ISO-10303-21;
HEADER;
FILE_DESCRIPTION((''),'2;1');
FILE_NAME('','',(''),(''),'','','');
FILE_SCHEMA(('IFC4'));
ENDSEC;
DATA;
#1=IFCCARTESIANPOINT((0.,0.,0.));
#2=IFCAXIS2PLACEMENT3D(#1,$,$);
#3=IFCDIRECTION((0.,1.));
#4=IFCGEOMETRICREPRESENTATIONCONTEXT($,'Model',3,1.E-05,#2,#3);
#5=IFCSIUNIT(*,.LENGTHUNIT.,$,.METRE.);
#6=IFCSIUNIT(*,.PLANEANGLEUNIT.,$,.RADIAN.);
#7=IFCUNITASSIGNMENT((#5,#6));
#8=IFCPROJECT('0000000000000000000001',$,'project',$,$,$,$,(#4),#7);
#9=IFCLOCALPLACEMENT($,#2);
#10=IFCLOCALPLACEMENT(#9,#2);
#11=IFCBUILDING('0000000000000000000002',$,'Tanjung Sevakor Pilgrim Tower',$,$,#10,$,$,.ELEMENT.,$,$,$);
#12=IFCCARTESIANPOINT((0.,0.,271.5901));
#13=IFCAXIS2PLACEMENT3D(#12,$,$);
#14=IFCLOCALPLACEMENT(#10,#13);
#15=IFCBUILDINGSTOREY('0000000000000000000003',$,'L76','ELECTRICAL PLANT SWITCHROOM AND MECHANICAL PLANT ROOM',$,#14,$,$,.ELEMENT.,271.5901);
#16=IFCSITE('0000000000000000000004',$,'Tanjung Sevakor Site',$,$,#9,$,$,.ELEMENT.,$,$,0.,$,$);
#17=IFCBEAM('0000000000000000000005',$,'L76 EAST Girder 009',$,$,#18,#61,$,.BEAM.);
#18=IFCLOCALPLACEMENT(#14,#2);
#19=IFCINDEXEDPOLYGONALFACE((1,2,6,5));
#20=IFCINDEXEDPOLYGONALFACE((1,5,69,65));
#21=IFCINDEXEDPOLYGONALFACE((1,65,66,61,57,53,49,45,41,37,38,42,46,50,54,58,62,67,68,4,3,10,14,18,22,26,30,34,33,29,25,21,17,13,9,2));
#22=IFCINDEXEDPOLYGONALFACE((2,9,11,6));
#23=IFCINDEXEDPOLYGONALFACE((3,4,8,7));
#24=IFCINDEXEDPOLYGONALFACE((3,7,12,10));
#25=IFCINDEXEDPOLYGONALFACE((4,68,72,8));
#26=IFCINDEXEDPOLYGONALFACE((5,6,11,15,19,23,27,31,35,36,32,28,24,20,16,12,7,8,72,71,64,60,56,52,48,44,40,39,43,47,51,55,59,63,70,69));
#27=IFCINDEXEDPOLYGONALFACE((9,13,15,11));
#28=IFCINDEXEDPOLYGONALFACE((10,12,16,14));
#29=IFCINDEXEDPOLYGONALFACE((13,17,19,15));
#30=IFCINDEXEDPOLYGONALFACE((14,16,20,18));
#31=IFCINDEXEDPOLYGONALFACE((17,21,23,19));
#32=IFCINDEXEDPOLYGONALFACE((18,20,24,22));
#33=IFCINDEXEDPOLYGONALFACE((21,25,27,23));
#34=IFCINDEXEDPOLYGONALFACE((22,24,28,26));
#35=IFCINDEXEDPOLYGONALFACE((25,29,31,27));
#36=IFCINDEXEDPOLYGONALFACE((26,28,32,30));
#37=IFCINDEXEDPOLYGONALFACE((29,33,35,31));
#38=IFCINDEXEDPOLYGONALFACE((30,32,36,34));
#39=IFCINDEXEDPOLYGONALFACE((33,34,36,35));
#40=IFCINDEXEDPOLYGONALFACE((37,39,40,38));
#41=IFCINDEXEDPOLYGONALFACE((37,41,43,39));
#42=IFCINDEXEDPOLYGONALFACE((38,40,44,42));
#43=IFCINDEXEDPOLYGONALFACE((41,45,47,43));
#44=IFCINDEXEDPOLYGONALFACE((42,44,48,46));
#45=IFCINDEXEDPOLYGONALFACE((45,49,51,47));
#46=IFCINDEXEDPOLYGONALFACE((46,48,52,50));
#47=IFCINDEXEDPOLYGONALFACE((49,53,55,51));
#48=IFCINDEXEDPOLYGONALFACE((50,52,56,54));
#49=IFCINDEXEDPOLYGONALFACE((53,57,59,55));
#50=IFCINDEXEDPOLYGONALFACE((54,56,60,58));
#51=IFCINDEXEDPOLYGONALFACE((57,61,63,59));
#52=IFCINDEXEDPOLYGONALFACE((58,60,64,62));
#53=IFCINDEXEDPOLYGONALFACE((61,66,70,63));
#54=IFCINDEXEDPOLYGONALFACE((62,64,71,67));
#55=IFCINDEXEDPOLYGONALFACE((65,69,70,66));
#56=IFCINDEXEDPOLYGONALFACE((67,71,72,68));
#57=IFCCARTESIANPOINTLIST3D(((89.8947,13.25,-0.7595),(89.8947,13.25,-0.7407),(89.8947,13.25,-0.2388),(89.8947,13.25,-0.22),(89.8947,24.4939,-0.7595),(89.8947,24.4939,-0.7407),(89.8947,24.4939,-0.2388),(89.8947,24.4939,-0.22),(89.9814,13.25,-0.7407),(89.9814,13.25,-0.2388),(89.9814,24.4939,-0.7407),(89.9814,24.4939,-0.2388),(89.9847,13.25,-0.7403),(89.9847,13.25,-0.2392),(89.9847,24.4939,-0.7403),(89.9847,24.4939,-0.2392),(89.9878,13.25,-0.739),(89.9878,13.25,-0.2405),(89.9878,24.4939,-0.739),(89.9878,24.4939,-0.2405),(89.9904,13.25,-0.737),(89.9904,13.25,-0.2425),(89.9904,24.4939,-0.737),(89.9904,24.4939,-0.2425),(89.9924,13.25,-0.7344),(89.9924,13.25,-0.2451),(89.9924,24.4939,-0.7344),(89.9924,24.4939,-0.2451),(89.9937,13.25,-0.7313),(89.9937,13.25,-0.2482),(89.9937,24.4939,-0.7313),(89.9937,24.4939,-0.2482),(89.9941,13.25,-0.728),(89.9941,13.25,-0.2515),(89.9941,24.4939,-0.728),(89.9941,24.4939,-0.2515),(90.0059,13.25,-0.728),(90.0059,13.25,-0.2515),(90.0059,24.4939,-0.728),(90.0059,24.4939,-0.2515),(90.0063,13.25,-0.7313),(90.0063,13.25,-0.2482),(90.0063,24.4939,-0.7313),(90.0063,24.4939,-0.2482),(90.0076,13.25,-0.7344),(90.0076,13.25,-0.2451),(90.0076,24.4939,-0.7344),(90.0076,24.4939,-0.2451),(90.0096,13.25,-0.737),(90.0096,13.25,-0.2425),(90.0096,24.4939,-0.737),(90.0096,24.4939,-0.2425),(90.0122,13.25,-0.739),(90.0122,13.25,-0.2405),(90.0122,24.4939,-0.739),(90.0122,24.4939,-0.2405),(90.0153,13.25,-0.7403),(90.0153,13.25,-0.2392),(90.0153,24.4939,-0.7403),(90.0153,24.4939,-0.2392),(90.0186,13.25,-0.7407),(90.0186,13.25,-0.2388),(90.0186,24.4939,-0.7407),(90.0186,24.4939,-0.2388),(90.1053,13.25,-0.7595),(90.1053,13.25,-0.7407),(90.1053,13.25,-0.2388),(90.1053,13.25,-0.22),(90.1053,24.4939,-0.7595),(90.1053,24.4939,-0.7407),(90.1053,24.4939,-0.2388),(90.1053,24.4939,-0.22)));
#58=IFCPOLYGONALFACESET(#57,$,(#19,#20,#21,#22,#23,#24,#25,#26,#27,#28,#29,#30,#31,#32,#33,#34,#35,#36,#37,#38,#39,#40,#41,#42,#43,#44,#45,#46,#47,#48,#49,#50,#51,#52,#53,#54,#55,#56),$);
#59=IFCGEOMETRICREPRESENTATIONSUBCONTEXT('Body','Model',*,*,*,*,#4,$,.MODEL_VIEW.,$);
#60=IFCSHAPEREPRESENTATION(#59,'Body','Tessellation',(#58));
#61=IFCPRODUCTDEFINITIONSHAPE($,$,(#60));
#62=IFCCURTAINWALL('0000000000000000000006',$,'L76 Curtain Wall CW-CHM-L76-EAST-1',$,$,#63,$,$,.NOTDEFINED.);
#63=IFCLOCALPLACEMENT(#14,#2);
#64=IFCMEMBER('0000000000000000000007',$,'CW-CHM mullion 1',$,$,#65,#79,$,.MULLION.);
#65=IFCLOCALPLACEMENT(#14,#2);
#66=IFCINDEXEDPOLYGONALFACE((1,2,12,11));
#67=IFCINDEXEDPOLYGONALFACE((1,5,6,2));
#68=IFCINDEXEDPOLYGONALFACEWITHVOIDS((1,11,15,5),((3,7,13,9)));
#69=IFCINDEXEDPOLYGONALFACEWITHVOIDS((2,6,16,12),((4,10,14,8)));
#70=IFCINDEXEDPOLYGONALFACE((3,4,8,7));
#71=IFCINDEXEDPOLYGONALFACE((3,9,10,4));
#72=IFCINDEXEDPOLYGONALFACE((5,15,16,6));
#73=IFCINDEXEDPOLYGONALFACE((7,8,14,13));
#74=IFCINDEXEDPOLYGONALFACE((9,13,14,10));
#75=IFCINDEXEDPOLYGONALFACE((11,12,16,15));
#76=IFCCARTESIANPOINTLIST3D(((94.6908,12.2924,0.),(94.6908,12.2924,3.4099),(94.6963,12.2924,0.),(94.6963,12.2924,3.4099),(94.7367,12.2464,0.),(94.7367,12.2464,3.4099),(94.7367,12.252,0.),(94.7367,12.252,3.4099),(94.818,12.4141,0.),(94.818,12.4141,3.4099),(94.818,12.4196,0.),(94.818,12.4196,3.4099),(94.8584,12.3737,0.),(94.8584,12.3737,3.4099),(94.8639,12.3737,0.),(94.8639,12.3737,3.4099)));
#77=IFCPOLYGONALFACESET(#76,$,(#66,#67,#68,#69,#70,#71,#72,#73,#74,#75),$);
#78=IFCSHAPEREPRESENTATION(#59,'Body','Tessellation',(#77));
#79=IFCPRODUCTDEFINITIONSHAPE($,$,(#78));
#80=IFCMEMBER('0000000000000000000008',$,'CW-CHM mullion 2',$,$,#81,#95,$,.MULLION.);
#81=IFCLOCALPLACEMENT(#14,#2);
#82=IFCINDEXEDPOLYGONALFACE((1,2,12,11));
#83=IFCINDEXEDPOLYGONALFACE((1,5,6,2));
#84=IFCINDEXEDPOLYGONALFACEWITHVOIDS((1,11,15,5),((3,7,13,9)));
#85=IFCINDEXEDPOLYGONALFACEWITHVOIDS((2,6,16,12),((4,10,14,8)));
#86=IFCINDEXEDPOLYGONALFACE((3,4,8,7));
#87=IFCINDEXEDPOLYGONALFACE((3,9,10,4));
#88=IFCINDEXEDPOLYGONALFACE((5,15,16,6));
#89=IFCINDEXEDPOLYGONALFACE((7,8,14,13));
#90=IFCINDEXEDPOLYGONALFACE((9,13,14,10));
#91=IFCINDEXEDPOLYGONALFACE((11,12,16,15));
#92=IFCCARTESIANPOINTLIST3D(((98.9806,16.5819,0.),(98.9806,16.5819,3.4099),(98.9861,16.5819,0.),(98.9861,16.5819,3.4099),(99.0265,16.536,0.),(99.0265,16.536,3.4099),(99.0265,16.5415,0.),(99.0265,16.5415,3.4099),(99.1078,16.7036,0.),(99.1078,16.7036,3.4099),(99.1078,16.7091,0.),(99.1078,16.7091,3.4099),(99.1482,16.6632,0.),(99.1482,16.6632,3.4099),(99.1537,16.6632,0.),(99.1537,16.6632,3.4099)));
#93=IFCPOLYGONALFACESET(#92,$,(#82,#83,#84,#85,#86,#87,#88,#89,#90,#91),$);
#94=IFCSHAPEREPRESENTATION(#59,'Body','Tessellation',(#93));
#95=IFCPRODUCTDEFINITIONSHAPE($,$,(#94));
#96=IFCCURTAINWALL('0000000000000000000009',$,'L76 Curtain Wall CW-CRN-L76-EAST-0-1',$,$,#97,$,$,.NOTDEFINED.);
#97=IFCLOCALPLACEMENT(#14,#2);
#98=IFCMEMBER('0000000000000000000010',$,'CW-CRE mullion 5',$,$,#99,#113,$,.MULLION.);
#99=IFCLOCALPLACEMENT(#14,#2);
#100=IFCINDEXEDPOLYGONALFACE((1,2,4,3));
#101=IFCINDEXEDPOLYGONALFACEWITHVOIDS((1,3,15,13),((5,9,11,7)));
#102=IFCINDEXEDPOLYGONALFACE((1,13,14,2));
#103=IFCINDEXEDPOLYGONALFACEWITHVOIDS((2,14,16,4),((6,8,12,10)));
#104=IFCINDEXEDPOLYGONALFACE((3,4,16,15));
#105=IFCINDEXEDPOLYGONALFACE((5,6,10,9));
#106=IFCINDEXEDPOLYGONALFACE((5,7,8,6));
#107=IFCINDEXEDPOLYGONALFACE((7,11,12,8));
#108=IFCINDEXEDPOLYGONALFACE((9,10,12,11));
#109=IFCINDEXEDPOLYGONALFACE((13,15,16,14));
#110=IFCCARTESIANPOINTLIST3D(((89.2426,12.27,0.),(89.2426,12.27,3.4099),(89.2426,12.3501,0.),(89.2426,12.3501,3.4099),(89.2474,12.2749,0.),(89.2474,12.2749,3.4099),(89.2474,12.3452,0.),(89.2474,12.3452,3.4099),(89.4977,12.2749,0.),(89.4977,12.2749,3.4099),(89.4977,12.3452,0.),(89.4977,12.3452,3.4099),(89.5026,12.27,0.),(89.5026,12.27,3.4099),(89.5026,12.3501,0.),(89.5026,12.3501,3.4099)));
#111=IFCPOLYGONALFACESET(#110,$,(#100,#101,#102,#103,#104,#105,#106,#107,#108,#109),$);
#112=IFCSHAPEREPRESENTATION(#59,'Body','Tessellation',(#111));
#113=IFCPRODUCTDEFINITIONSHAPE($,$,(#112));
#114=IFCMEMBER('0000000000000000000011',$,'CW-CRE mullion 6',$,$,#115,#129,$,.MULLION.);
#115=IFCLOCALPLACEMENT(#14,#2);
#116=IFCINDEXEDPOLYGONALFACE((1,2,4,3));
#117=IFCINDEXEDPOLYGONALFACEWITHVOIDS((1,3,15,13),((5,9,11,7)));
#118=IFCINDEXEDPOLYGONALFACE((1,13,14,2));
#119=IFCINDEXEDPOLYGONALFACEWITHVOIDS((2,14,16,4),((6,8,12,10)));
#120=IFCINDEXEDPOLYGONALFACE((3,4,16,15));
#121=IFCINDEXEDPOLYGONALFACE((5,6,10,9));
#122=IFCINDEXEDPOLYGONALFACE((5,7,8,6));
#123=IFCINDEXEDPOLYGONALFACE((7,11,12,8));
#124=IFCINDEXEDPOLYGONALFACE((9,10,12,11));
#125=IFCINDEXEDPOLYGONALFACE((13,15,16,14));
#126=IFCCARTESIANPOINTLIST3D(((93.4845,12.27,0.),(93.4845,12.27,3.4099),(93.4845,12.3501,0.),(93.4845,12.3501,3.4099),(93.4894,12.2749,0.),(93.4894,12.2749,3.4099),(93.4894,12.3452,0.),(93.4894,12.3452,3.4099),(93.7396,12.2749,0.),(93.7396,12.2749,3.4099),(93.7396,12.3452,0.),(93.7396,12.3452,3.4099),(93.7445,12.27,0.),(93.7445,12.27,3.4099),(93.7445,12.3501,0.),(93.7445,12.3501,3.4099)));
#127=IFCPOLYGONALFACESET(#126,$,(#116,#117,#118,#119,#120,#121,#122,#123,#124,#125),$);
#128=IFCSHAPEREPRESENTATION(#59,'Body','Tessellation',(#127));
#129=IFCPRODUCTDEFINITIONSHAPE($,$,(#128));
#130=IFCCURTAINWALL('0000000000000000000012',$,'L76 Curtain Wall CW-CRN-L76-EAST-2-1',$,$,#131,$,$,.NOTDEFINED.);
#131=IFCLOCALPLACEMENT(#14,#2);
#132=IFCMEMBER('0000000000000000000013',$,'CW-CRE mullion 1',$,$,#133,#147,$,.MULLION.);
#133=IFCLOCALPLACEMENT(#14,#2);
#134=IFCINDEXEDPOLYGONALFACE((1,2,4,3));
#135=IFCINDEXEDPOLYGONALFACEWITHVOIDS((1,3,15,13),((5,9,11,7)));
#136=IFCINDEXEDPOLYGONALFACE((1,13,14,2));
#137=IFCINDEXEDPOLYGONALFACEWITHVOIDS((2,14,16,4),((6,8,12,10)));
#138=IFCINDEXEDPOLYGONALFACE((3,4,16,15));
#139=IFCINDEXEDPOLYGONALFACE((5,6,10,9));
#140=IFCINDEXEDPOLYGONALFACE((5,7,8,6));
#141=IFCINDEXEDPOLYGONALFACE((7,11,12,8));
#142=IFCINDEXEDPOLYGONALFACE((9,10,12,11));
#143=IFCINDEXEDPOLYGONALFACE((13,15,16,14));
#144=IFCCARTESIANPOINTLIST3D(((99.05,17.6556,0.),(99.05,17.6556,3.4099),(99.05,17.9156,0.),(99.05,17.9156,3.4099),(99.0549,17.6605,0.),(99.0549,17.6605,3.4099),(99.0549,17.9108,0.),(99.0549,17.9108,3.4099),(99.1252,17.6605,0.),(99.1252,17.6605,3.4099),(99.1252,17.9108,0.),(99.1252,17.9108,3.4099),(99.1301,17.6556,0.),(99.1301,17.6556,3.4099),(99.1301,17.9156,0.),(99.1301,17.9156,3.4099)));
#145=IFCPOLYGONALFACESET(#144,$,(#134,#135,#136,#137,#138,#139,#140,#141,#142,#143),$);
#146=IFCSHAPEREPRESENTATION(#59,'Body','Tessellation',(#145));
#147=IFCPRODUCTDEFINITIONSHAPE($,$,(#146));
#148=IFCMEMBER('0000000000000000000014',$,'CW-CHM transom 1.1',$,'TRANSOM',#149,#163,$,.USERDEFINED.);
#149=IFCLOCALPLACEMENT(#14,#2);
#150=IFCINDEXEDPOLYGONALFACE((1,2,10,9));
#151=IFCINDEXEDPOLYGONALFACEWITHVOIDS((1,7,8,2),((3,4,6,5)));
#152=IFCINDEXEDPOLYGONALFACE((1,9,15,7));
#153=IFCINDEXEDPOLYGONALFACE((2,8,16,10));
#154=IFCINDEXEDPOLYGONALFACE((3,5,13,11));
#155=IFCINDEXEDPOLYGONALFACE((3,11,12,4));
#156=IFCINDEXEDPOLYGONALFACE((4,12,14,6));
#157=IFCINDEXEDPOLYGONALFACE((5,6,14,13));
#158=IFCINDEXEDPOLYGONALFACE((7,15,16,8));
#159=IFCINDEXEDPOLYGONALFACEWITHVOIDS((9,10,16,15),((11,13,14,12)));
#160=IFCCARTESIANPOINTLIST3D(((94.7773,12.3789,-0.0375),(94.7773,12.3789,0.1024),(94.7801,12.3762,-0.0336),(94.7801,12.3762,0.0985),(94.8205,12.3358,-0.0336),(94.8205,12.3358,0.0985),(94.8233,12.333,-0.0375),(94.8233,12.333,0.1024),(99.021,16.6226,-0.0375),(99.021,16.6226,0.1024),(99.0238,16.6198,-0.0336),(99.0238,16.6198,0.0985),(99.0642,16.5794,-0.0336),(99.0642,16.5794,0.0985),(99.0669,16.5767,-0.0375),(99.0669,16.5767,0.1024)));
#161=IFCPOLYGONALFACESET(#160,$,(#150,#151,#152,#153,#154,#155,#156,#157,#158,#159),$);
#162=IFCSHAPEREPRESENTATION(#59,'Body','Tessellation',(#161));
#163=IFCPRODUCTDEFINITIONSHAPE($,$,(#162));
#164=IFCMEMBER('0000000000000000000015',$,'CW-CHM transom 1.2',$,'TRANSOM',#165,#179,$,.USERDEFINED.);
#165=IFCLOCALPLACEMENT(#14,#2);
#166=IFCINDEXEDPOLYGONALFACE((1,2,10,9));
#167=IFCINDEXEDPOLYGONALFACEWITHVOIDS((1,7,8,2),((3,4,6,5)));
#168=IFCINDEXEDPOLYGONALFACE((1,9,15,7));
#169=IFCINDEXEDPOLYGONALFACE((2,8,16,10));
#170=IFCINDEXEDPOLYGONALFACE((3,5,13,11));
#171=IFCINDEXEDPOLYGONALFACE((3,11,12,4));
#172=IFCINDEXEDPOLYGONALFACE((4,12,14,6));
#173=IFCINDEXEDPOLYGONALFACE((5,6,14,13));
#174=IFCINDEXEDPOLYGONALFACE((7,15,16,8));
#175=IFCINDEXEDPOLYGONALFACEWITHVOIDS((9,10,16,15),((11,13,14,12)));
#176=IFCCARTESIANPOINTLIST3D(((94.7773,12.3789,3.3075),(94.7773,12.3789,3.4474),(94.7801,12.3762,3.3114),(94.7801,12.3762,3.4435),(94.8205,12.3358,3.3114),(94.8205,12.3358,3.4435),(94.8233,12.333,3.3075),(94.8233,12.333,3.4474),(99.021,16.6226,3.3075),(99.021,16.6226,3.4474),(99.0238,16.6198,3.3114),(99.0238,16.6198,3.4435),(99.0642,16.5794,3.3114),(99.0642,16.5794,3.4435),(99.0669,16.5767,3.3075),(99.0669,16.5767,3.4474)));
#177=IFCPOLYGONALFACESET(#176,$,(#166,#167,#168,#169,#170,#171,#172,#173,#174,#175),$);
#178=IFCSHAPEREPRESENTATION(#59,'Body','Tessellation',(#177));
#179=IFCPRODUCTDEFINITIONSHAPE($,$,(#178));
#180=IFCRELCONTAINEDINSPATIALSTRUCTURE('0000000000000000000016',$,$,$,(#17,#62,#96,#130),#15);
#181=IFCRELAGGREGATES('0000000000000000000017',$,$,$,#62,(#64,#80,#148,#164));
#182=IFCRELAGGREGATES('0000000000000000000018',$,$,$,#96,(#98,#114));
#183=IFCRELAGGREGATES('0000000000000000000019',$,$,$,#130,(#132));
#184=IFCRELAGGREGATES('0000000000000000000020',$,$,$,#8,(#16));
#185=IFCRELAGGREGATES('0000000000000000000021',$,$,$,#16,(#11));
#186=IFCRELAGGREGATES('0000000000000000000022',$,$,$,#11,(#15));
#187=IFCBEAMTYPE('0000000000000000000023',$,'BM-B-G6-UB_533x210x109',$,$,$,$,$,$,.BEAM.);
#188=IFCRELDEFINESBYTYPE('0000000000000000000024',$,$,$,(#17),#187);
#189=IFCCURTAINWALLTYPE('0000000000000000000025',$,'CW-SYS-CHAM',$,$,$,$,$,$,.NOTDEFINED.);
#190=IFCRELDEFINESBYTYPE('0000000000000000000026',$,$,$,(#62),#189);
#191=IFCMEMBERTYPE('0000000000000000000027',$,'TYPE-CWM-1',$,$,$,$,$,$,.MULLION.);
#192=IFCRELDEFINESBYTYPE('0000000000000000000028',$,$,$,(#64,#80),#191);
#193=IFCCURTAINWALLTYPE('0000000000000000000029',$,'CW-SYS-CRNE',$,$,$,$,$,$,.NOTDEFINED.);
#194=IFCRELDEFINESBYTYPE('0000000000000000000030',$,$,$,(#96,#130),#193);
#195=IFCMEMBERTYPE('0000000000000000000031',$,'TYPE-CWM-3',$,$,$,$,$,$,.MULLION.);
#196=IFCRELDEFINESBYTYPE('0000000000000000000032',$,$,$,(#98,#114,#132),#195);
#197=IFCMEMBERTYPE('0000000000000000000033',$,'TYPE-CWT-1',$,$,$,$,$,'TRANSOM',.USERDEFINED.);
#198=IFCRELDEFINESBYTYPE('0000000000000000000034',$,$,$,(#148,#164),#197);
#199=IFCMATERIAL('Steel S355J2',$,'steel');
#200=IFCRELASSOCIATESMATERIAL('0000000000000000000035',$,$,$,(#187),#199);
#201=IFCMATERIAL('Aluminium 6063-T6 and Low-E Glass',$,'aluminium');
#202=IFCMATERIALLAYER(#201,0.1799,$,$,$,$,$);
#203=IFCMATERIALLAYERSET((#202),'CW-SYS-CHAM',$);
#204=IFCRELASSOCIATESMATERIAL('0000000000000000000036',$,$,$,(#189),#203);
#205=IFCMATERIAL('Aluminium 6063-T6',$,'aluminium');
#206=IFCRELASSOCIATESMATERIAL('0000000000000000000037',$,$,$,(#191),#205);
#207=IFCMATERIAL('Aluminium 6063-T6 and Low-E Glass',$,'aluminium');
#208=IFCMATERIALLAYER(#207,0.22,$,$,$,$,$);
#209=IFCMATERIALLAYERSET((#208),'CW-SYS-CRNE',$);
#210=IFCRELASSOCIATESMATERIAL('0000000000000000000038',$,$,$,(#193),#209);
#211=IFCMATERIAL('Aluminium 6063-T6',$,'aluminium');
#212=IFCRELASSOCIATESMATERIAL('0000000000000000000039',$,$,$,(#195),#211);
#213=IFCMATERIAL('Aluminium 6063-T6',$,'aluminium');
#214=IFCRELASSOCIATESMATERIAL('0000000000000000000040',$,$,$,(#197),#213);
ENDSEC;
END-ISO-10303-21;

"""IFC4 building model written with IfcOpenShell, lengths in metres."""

from ifc_helpers import new_model, si_unit, direction, frame, origin, origin_2d, place, context, subcontext, project, spatial, hollow_rectangle, i_section, extrude, material, layer, layer_set, material_profile, profile_set, type_object, element, aggregate, save


model = new_model("IFC4")

# Units and contexts
model_context = context("Model", 3, precision=1e-05, world=origin(), true_north=direction((0.0, 1.0)))
body_context = subcontext(model_context, "Body", "Model", "MODEL_VIEW")
ifc_project = project(units=[si_unit("LENGTHUNIT", "METRE"), si_unit("PLANEANGLEUNIT", "RADIAN")], contexts=[model_context])

# Site, building, storey
site_placement = place(None, origin())
site = spatial("IfcSite", under=ifc_project, at=site_placement, Name="Tanjung Sevakor Site", CompositionType="ELEMENT", RefElevation=0.0)
building_placement = place(site_placement, origin())
building = spatial("IfcBuilding", under=site, at=building_placement, Name="Tanjung Sevakor Pilgrim Tower", CompositionType="ELEMENT")
storey_placement = place(building_placement, frame((0.0, 0.0, 271.5901)))
storey = spatial("IfcBuildingStorey", under=building, at=storey_placement, Name="L76", Description="ELECTRICAL PLANT SWITCHROOM AND MECHANICAL PLANT ROOM", CompositionType="ELEMENT", Elevation=271.5901)

# Beam
ifc_material_1 = material(Name="Steel S355J2", Category="steel")
ifc_material_profile_1 = material_profile(ifc_material_1, i_section(OverallWidth=0.2107, OverallDepth=0.5396, WebThickness=0.0117, FlangeThickness=0.0188, FilletRadius=0.0127, at=origin_2d()))
ifc_profile_set_1 = profile_set([ifc_material_profile_1], Name="Steel S355J2")
beam_type_1 = type_object("IfcBeamType", Name="BM-B-G6-UB_533x210x109", PredefinedType="BEAM", material=ifc_profile_set_1)
beam_1_placement = place(storey_placement, frame((90.0, 13.25, -0.4897), z_axis=(0.0, 1.0, 0.0), x_axis=(-1.0, 0.0, 0.0)))
element("IfcBeam", 1, at=beam_1_placement, inside=storey, type_object=beam_type_1, Name="L76 EAST Girder 009", PredefinedType="BEAM", context=body_context, shape_type="SweptSolid", body=[
    extrude(i_section(OverallWidth=0.2107, OverallDepth=0.5396, WebThickness=0.0117, FlangeThickness=0.0188, FilletRadius=0.0127, at=origin_2d()), origin(), (0.0, 0.0, 1.0), 11.2439),
])

# Curtain walls, members
ifc_material_2 = material(Name="Aluminium 6063-T6 and Low-E Glass", Category="aluminium")
ifc_layer_1 = layer(ifc_material_2, 0.1799)
ifc_layer_set_1 = layer_set([ifc_layer_1], Name="CW-SYS-CHAM")
curtain_wall_type_1 = type_object("IfcCurtainWallType", Name="CW-SYS-CHAM", PredefinedType="NOTDEFINED", material=ifc_layer_set_1)
curtain_wall_1_placement = place(storey_placement, origin())
curtain_wall_1 = element("IfcCurtainWall", 2, at=curtain_wall_1_placement, inside=storey, type_object=curtain_wall_type_1, Name="L76 Curtain Wall CW-CHM-L76-EAST-1", PredefinedType="NOTDEFINED")
ifc_material_3 = material(Name="Aluminium 6063-T6", Category="aluminium")
ifc_material_profile_2 = material_profile(ifc_material_3, hollow_rectangle(XDim=0.0649, YDim=0.1799, WallThickness=0.0039, at=origin_2d()))
ifc_profile_set_2 = profile_set([ifc_material_profile_2], Name="Aluminium 6063-T6")
member_type_1 = type_object("IfcMemberType", Name="TYPE-CWM-1", PredefinedType="MULLION", material=ifc_profile_set_2)
member_1_placement = place(storey_placement, frame((94.7773, 12.333, 0.0), z_axis=(0.0, 0.0, 1.0), x_axis=(-0.707107, 0.707107, 0.0)))
member_1 = element("IfcMember", 3, at=member_1_placement, type_object=member_type_1, Name="CW-CHM mullion 1", PredefinedType="MULLION", context=body_context, shape_type="SweptSolid", body=[
    extrude(hollow_rectangle(XDim=0.0649, YDim=0.1799, WallThickness=0.0039, at=origin_2d()), origin(), (0.0, 0.0, 1.0), 3.4099),
])
member_2_placement = place(storey_placement, frame((99.0671, 16.6226, 0.0), z_axis=(0.0, 0.0, 1.0), x_axis=(-0.707107, 0.707107, 0.0)))
member_2 = element("IfcMember", 4, at=member_2_placement, type_object=member_type_1, Name="CW-CHM mullion 2", PredefinedType="MULLION", context=body_context, shape_type="SweptSolid", body=[
    extrude(hollow_rectangle(XDim=0.0649, YDim=0.1799, WallThickness=0.0039, at=origin_2d()), origin(), (0.0, 0.0, 1.0), 3.4099),
])
ifc_material_4 = material(Name="Aluminium 6063-T6 and Low-E Glass", Category="aluminium")
ifc_layer_2 = layer(ifc_material_4, 0.22)
ifc_layer_set_2 = layer_set([ifc_layer_2], Name="CW-SYS-CRNE")
curtain_wall_type_2 = type_object("IfcCurtainWallType", Name="CW-SYS-CRNE", PredefinedType="NOTDEFINED", material=ifc_layer_set_2)
curtain_wall_2_placement = place(storey_placement, origin())
curtain_wall_2 = element("IfcCurtainWall", 5, at=curtain_wall_2_placement, inside=storey, type_object=curtain_wall_type_2, Name="L76 Curtain Wall CW-CRN-L76-EAST-0-1", PredefinedType="NOTDEFINED")
ifc_material_5 = material(Name="Aluminium 6063-T6", Category="aluminium")
ifc_material_profile_3 = material_profile(ifc_material_5, hollow_rectangle(XDim=0.0801, YDim=0.26, WallThickness=0.0049, at=origin_2d()))
ifc_profile_set_3 = profile_set([ifc_material_profile_3], Name="Aluminium 6063-T6")
member_type_2 = type_object("IfcMemberType", Name="TYPE-CWM-3", PredefinedType="MULLION", material=ifc_profile_set_3)
member_3_placement = place(storey_placement, frame((89.3726, 12.3101, 0.0), z_axis=(0.0, 0.0, 1.0), x_axis=(0.0, 1.0, 0.0)))
member_3 = element("IfcMember", 6, at=member_3_placement, type_object=member_type_2, Name="CW-CRE mullion 5", PredefinedType="MULLION", context=body_context, shape_type="SweptSolid", body=[
    extrude(hollow_rectangle(XDim=0.0801, YDim=0.26, WallThickness=0.0049, at=origin_2d()), origin(), (0.0, 0.0, 1.0), 3.4099),
])
member_4_placement = place(storey_placement, frame((93.6145, 12.3101, 0.0), z_axis=(0.0, 0.0, 1.0), x_axis=(0.0, 1.0, 0.0)))
member_4 = element("IfcMember", 7, at=member_4_placement, type_object=member_type_2, Name="CW-CRE mullion 6", PredefinedType="MULLION", context=body_context, shape_type="SweptSolid", body=[
    extrude(hollow_rectangle(XDim=0.0801, YDim=0.26, WallThickness=0.0049, at=origin_2d()), origin(), (0.0, 0.0, 1.0), 3.4099),
])

# Curtain wall, member
curtain_wall_3_placement = place(storey_placement, origin())
curtain_wall_3 = element("IfcCurtainWall", 8, at=curtain_wall_3_placement, inside=storey, type_object=curtain_wall_type_2, Name="L76 Curtain Wall CW-CRN-L76-EAST-2-1", PredefinedType="NOTDEFINED")
member_5_placement = place(storey_placement, frame((99.0901, 17.7856, 0.0), z_axis=(0.0, 0.0, 1.0), x_axis=(-1.0, 0.0, 0.0)))
member_5 = element("IfcMember", 9, at=member_5_placement, type_object=member_type_2, Name="CW-CRE mullion 1", PredefinedType="MULLION", context=body_context, shape_type="SweptSolid", body=[
    extrude(hollow_rectangle(XDim=0.0801, YDim=0.26, WallThickness=0.0049, at=origin_2d()), origin(), (0.0, 0.0, 1.0), 3.4099),
])

# Members
ifc_material_6 = material(Name="Aluminium 6063-T6", Category="aluminium")
ifc_material_profile_4 = material_profile(ifc_material_6, hollow_rectangle(XDim=0.0649, YDim=0.1399, WallThickness=0.0039, at=origin_2d()))
ifc_profile_set_4 = profile_set([ifc_material_profile_4], Name="Aluminium 6063-T6")
member_type_3 = type_object("IfcMemberType", Name="TYPE-CWT-1", ElementType="TRANSOM", PredefinedType="USERDEFINED", material=ifc_profile_set_4)
member_6_placement = place(storey_placement, frame((94.8003, 12.356, 0.0325), z_axis=(0.707107, 0.707107, 0.0), x_axis=(-0.707107, 0.707107, 0.0)))
member_6 = element("IfcMember", 10, at=member_6_placement, type_object=member_type_3, Name="CW-CHM transom 1.1", ObjectType="TRANSOM", PredefinedType="USERDEFINED", context=body_context, shape_type="SweptSolid", body=[
    extrude(hollow_rectangle(XDim=0.0649, YDim=0.1399, WallThickness=0.0039, at=origin_2d()), origin(), (0.0, 0.0, 1.0), 6.0015),
])
member_7_placement = place(storey_placement, frame((94.8003, 12.356, 3.3774), z_axis=(0.707107, 0.707107, 0.0), x_axis=(-0.707107, 0.707107, 0.0)))
member_7 = element("IfcMember", 11, at=member_7_placement, type_object=member_type_3, Name="CW-CHM transom 1.2", ObjectType="TRANSOM", PredefinedType="USERDEFINED", context=body_context, shape_type="SweptSolid", body=[
    extrude(hollow_rectangle(XDim=0.0649, YDim=0.1399, WallThickness=0.0039, at=origin_2d()), origin(), (0.0, 0.0, 1.0), 6.0015),
])

aggregate(curtain_wall_1, [member_1, member_2, member_6, member_7])
aggregate(curtain_wall_2, [member_3, member_4])
aggregate(curtain_wall_3, [member_5])

save(model, "model.ifc")
